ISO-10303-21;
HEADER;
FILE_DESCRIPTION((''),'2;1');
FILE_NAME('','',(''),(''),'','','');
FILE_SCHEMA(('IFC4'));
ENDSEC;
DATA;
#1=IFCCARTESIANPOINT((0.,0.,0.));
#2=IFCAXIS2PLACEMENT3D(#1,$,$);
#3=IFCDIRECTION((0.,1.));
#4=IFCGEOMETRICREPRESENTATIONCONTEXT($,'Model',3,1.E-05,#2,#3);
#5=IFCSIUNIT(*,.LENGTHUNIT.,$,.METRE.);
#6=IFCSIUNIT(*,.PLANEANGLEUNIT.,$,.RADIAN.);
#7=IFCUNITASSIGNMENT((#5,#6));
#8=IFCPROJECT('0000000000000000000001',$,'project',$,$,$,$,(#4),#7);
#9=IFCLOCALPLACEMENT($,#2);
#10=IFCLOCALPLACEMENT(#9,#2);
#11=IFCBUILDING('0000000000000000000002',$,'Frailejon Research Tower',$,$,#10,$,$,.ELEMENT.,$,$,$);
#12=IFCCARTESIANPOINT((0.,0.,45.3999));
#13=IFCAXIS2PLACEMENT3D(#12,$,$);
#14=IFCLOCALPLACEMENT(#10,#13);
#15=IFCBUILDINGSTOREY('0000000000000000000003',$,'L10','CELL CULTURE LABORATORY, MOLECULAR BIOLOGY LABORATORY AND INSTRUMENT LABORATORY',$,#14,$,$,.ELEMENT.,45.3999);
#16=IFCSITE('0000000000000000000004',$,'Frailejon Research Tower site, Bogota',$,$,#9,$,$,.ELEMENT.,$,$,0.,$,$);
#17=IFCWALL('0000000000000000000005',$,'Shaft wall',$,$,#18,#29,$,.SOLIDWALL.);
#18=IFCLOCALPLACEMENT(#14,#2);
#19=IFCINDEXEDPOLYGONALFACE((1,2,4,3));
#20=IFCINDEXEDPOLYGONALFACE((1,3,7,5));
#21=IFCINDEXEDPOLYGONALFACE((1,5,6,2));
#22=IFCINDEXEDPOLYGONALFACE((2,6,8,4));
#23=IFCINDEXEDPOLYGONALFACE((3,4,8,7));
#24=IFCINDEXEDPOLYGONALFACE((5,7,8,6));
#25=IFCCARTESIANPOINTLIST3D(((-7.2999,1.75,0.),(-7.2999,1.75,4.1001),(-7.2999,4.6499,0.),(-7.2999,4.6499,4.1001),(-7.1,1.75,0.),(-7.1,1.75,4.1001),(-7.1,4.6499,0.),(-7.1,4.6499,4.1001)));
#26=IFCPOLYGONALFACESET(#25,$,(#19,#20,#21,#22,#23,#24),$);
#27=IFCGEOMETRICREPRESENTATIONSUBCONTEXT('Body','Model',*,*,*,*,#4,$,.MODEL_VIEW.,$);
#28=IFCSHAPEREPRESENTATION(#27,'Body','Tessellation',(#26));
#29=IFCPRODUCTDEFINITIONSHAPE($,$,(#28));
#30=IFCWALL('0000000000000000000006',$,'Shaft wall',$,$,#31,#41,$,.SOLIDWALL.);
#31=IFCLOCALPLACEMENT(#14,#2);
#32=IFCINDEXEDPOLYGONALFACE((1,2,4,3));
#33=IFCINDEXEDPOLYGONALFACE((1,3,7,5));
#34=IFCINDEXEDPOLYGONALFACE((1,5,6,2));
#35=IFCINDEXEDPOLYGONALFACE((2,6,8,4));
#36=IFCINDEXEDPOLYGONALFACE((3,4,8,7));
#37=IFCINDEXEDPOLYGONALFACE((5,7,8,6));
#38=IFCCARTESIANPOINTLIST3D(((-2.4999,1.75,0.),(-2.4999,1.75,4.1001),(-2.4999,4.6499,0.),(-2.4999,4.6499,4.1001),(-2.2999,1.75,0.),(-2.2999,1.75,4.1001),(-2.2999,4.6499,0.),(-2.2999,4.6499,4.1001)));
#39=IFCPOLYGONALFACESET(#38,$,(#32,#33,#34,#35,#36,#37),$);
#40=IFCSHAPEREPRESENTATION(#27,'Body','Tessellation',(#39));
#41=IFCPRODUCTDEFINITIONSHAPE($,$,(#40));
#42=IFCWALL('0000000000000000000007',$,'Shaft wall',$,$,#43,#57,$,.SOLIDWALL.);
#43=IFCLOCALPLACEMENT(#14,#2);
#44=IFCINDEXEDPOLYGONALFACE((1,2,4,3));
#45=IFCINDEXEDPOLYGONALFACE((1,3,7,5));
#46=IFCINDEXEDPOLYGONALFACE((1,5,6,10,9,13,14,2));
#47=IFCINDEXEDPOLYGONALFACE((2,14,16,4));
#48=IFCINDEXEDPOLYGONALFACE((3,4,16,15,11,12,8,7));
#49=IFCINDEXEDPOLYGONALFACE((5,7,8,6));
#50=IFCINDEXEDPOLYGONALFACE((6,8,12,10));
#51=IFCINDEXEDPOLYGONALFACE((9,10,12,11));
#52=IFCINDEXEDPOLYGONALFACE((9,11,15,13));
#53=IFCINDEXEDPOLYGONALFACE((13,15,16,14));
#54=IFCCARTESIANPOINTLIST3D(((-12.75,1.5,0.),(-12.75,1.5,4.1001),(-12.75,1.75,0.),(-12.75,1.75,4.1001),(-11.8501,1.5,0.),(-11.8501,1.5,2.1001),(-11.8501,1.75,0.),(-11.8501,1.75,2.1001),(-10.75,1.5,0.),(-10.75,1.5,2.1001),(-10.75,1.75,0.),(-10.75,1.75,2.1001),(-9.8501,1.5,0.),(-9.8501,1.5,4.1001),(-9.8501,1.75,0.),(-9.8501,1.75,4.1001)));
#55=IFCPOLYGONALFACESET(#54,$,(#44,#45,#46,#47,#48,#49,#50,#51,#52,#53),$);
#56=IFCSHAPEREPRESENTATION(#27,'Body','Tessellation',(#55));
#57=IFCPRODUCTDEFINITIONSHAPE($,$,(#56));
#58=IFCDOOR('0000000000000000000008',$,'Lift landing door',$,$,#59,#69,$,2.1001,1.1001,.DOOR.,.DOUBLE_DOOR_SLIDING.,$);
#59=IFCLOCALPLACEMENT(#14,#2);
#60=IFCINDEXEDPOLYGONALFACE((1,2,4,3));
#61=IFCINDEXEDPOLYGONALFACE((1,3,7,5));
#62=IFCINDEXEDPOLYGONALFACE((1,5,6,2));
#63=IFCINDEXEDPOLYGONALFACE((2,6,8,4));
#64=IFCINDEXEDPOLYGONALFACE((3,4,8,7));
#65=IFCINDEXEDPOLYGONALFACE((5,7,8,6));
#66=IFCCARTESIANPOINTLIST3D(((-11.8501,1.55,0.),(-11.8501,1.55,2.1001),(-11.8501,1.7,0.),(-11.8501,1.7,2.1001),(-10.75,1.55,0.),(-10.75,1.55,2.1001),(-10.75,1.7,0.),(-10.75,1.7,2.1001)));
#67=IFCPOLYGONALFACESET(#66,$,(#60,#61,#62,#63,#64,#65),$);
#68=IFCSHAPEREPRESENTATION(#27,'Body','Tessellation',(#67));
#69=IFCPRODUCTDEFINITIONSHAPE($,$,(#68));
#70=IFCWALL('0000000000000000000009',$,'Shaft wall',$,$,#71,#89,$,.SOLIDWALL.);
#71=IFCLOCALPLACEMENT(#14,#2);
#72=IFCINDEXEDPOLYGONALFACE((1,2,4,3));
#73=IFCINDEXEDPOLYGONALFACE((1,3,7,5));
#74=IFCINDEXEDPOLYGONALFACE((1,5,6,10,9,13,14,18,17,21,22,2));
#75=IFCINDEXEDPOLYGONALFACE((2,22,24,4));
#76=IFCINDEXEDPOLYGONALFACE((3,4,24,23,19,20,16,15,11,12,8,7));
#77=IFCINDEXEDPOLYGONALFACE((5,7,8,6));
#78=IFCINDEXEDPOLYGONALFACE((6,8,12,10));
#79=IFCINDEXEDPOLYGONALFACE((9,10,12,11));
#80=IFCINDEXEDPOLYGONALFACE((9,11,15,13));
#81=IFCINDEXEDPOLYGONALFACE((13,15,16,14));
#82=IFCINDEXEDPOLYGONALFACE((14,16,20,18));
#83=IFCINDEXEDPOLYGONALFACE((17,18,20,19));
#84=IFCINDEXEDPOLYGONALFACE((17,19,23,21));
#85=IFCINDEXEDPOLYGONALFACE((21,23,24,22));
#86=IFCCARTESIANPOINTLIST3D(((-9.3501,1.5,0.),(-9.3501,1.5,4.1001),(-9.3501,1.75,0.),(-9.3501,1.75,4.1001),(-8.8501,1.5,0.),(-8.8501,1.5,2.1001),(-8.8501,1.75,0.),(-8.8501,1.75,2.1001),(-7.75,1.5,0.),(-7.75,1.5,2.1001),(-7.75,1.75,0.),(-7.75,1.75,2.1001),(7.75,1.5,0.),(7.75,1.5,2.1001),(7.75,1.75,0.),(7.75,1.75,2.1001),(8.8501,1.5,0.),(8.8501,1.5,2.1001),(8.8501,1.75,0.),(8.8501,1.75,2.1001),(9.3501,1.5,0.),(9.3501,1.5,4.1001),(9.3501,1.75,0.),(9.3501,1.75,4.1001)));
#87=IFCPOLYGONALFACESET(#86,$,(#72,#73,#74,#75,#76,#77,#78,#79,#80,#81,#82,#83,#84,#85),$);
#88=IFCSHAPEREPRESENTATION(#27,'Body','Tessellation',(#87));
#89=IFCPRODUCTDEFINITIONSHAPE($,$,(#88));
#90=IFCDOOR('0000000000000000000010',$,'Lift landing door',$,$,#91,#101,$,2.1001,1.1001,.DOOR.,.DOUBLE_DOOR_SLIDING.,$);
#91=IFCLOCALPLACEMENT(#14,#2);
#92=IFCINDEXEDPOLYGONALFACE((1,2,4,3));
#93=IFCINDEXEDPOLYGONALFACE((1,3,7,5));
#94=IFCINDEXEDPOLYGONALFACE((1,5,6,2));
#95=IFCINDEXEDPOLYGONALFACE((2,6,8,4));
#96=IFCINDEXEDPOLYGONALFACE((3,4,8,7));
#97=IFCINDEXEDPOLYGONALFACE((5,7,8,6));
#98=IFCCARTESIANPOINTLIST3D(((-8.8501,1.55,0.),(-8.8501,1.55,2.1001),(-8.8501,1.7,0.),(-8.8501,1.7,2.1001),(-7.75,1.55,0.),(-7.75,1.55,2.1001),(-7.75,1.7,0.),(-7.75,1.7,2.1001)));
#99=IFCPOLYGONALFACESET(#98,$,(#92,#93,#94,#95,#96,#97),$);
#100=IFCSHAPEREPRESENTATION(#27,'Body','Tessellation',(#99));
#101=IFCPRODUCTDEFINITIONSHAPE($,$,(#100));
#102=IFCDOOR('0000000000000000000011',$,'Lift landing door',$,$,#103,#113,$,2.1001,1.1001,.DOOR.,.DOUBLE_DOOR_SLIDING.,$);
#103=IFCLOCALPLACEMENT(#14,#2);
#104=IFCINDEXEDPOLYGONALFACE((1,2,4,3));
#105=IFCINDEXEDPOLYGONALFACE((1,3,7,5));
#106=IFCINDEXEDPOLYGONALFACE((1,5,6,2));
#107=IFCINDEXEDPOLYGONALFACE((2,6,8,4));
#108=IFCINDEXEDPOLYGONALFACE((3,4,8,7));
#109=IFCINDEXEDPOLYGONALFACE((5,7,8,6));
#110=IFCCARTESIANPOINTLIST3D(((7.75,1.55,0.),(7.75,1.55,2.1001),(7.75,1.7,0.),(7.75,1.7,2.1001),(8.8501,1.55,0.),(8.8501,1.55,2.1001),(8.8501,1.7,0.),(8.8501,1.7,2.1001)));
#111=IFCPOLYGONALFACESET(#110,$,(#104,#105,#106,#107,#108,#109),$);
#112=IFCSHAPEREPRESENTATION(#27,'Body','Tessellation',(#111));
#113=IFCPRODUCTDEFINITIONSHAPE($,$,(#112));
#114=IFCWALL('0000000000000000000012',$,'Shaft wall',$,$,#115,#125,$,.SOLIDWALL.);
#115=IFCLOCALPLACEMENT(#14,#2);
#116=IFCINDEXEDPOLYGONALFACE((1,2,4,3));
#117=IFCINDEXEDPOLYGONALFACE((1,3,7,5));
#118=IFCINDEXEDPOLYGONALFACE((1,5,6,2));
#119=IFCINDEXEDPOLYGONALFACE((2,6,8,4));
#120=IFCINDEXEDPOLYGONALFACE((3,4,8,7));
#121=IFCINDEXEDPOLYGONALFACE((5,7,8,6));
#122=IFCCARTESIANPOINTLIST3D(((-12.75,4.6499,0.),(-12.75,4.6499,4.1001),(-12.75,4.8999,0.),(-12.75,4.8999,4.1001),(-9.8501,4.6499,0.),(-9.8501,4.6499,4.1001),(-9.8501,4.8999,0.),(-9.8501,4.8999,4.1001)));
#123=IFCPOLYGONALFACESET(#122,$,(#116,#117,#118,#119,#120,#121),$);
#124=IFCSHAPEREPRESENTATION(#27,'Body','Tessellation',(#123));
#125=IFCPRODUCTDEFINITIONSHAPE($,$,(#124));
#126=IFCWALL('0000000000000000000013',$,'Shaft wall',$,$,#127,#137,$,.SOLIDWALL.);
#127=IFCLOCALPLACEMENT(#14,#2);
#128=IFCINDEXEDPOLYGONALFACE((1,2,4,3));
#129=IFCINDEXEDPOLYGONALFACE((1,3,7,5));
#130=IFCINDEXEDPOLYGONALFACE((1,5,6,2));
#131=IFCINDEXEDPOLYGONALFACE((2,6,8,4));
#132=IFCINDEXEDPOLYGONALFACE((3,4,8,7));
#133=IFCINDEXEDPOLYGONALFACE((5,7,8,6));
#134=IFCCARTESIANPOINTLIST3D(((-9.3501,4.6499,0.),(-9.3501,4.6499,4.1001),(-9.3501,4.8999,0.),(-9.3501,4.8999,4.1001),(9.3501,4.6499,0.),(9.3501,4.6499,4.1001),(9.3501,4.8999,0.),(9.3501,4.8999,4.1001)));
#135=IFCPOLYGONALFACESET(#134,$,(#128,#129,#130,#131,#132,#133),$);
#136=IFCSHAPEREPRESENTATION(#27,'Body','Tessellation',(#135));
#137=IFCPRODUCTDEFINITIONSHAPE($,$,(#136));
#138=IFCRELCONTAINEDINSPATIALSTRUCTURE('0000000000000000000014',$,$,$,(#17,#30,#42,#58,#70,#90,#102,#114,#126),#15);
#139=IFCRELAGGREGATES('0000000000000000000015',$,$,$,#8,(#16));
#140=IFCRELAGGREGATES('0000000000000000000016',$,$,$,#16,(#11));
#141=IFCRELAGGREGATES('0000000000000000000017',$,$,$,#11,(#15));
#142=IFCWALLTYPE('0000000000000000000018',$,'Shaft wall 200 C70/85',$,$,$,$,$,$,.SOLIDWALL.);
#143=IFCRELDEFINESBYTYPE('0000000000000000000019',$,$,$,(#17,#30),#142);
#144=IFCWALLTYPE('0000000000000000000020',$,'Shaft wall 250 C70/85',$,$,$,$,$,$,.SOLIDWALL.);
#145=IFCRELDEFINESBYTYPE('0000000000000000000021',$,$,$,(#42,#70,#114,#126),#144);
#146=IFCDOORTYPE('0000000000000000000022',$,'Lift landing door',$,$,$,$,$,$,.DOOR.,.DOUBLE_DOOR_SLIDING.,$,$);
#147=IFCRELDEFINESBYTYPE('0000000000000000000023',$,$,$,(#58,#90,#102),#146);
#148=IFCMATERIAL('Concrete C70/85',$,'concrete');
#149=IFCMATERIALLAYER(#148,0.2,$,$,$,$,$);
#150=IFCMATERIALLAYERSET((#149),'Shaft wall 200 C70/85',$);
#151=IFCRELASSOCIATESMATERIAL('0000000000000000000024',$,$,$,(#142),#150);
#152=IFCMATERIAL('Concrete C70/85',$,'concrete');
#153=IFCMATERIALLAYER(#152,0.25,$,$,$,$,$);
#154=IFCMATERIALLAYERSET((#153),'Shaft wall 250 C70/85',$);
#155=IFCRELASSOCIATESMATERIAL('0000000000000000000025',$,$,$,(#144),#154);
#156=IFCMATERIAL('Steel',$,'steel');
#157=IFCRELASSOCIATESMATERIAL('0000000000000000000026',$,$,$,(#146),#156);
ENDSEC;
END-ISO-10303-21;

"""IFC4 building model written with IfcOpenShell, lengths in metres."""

from ifc_helpers import new_model, si_unit, direction, frame, frame_2d, origin, place, context, subcontext, project, spatial, rectangle, extrude, material, layer, layer_set, type_object, element, fill, save


model = new_model("IFC4")

# Units and contexts
model_context = context("Model", 3, precision=1e-05, world=origin(), true_north=direction((0.0, 1.0)))
body_context = subcontext(model_context, "Body", "Model", "MODEL_VIEW")
ifc_project = project(units=[si_unit("LENGTHUNIT", "METRE"), si_unit("PLANEANGLEUNIT", "RADIAN")], contexts=[model_context])

# Site, building, storey
site_placement = place(None, origin())
site = spatial("IfcSite", under=ifc_project, at=site_placement, Name="Frailejon Research Tower site, Bogota", CompositionType="ELEMENT", RefElevation=0.0)
building_placement = place(site_placement, origin())
building = spatial("IfcBuilding", under=site, at=building_placement, Name="Frailejon Research Tower", CompositionType="ELEMENT")
storey_placement = place(building_placement, frame((0.0, 0.0, 45.3999)))
storey = spatial("IfcBuildingStorey", under=building, at=storey_placement, Name="L10", Description="CELL CULTURE LABORATORY, MOLECULAR BIOLOGY LABORATORY AND INSTRUMENT LABORATORY", CompositionType="ELEMENT", Elevation=45.3999)

# Walls
ifc_material_1 = material(Name="Concrete C70/85", Category="concrete")
ifc_layer_1 = layer(ifc_material_1, 0.2)
ifc_layer_set_1 = layer_set([ifc_layer_1], Name="Shaft wall 200 C70/85")
wall_type_1 = type_object("IfcWallType", Name="Shaft wall 200 C70/85", PredefinedType="SOLIDWALL", material=ifc_layer_set_1)
for number, where, z_axis, x_axis, name in (
    (1, (-7.2, 1.75, 0.0), (0.0, 0.0, 1.0), (0.0, 1.0, 0.0), "Shaft wall"),
    (2, (-2.3999, 1.75, 0.0), (0.0, 0.0, 1.0), (0.0, 1.0, 0.0), "Shaft wall"),
):
    element("IfcWall", number, at=place(storey_placement, frame(where, z_axis=z_axis, x_axis=x_axis)), inside=storey, type_object=wall_type_1, Name=name, PredefinedType="SOLIDWALL", context=body_context, shape_type="SweptSolid", body=[
        extrude(rectangle(XDim=2.8999, YDim=0.2, at=frame_2d((1.45, 0.0))), origin(), (0.0, 0.0, 1.0), 4.1001),
    ])

# Wall, opening, door
ifc_material_2 = material(Name="Concrete C70/85", Category="concrete")
ifc_layer_2 = layer(ifc_material_2, 0.25)
ifc_layer_set_2 = layer_set([ifc_layer_2], Name="Shaft wall 250 C70/85")
wall_type_2 = type_object("IfcWallType", Name="Shaft wall 250 C70/85", PredefinedType="SOLIDWALL", material=ifc_layer_set_2)
wall_1_placement = place(storey_placement, frame((-12.75, 1.625, 0.0), z_axis=(0.0, 0.0, 1.0), x_axis=(1.0, 0.0, 0.0)))
wall_1 = element("IfcWall", 3, at=wall_1_placement, inside=storey, type_object=wall_type_2, Name="Shaft wall", PredefinedType="SOLIDWALL", context=body_context, shape_type="SweptSolid", body=[
    extrude(rectangle(XDim=2.8999, YDim=0.25, at=frame_2d((1.45, 0.0))), origin(), (0.0, 0.0, 1.0), 4.1001),
])
opening_1_placement = place(wall_1_placement, frame((0.8999, 0.0, 0.0)))
opening_1 = element("IfcOpeningElement", 4, at=opening_1_placement, cuts=wall_1, PredefinedType="OPENING", context=body_context, shape_type="SweptSolid", body=[
    extrude(rectangle(XDim=1.1001, YDim=2.1001, at=frame_2d((0.55, 1.05))), frame((0.0, 0.135, 0.0), z_axis=(0.0, -1.0, 0.0), x_axis=(1.0, 0.0, 0.0)), (0.0, 0.0, 1.0), 0.27),
])
ifc_material_3 = material(Name="Steel", Category="steel")
door_type = type_object("IfcDoorType", Name="Lift landing door", OperationType="DOUBLE_DOOR_SLIDING", PredefinedType="DOOR", material=ifc_material_3)
door_1_placement = place(opening_1_placement, origin())
door_1 = element("IfcDoor", 5, at=door_1_placement, inside=storey, type_object=door_type, Name="Lift landing door", OperationType="DOUBLE_DOOR_SLIDING", OverallHeight=2.1001, OverallWidth=1.1001, PredefinedType="DOOR", context=body_context, shape_type="SweptSolid", body=[
    extrude(rectangle(XDim=1.1001, YDim=2.1001, at=frame_2d((0.55, 1.05))), frame((0.0, 0.075, 0.0), z_axis=(0.0, -1.0, 0.0), x_axis=(1.0, 0.0, 0.0)), (0.0, 0.0, 1.0), 0.1499),
])
fill(opening_1, door_1)

# Wall, openings, doors
wall_2_placement = place(storey_placement, frame((-9.3501, 1.625, 0.0), z_axis=(0.0, 0.0, 1.0), x_axis=(1.0, 0.0, 0.0)))
wall_2 = element("IfcWall", 6, at=wall_2_placement, inside=storey, type_object=wall_type_2, Name="Shaft wall", PredefinedType="SOLIDWALL", context=body_context, shape_type="SweptSolid", body=[
    extrude(rectangle(XDim=18.7002, YDim=0.25, at=frame_2d((9.3501, 0.0))), origin(), (0.0, 0.0, 1.0), 4.1001),
])
opening_2_placement = place(wall_2_placement, frame((0.5, 0.0, 0.0)))
opening_2 = element("IfcOpeningElement", 7, at=opening_2_placement, cuts=wall_2, PredefinedType="OPENING", context=body_context, shape_type="SweptSolid", body=[
    extrude(rectangle(XDim=1.1001, YDim=2.1001, at=frame_2d((0.55, 1.05))), frame((0.0, 0.135, 0.0), z_axis=(0.0, -1.0, 0.0), x_axis=(1.0, 0.0, 0.0)), (0.0, 0.0, 1.0), 0.27),
])
opening_3_placement = place(wall_2_placement, frame((17.1001, 0.0, 0.0)))
opening_3 = element("IfcOpeningElement", 8, at=opening_3_placement, cuts=wall_2, PredefinedType="OPENING", context=body_context, shape_type="SweptSolid", body=[
    extrude(rectangle(XDim=1.1001, YDim=2.1001, at=frame_2d((0.55, 1.05))), frame((0.0, 0.135, 0.0), z_axis=(0.0, -1.0, 0.0), x_axis=(1.0, 0.0, 0.0)), (0.0, 0.0, 1.0), 0.27),
])
door_2_placement = place(opening_2_placement, origin())
door_2 = element("IfcDoor", 9, at=door_2_placement, inside=storey, type_object=door_type, Name="Lift landing door", OperationType="DOUBLE_DOOR_SLIDING", OverallHeight=2.1001, OverallWidth=1.1001, PredefinedType="DOOR", context=body_context, shape_type="SweptSolid", body=[
    extrude(rectangle(XDim=1.1001, YDim=2.1001, at=frame_2d((0.55, 1.05))), frame((0.0, 0.075, 0.0), z_axis=(0.0, -1.0, 0.0), x_axis=(1.0, 0.0, 0.0)), (0.0, 0.0, 1.0), 0.1499),
])
fill(opening_2, door_2)
door_3_placement = place(opening_3_placement, origin())
door_3 = element("IfcDoor", 10, at=door_3_placement, inside=storey, type_object=door_type, Name="Lift landing door", OperationType="DOUBLE_DOOR_SLIDING", OverallHeight=2.1001, OverallWidth=1.1001, PredefinedType="DOOR", context=body_context, shape_type="SweptSolid", body=[
    extrude(rectangle(XDim=1.1001, YDim=2.1001, at=frame_2d((0.55, 1.05))), frame((0.0, 0.075, 0.0), z_axis=(0.0, -1.0, 0.0), x_axis=(1.0, 0.0, 0.0)), (0.0, 0.0, 1.0), 0.1499),
])
fill(opening_3, door_3)

# Walls
wall_3_placement = place(storey_placement, frame((-12.75, 4.7749, 0.0), z_axis=(0.0, 0.0, 1.0), x_axis=(1.0, 0.0, 0.0)))
element("IfcWall", 11, at=wall_3_placement, inside=storey, type_object=wall_type_2, Name="Shaft wall", PredefinedType="SOLIDWALL", context=body_context, shape_type="SweptSolid", body=[
    extrude(rectangle(XDim=2.8999, YDim=0.25, at=frame_2d((1.45, 0.0))), origin(), (0.0, 0.0, 1.0), 4.1001),
])
wall_4_placement = place(storey_placement, frame((-9.3501, 4.7749, 0.0), z_axis=(0.0, 0.0, 1.0), x_axis=(1.0, 0.0, 0.0)))
element("IfcWall", 12, at=wall_4_placement, inside=storey, type_object=wall_type_2, Name="Shaft wall", PredefinedType="SOLIDWALL", context=body_context, shape_type="SweptSolid", body=[
    extrude(rectangle(XDim=18.7002, YDim=0.25, at=frame_2d((9.3501, 0.0))), origin(), (0.0, 0.0, 1.0), 4.1001),
])

save(model, "model.ifc")
